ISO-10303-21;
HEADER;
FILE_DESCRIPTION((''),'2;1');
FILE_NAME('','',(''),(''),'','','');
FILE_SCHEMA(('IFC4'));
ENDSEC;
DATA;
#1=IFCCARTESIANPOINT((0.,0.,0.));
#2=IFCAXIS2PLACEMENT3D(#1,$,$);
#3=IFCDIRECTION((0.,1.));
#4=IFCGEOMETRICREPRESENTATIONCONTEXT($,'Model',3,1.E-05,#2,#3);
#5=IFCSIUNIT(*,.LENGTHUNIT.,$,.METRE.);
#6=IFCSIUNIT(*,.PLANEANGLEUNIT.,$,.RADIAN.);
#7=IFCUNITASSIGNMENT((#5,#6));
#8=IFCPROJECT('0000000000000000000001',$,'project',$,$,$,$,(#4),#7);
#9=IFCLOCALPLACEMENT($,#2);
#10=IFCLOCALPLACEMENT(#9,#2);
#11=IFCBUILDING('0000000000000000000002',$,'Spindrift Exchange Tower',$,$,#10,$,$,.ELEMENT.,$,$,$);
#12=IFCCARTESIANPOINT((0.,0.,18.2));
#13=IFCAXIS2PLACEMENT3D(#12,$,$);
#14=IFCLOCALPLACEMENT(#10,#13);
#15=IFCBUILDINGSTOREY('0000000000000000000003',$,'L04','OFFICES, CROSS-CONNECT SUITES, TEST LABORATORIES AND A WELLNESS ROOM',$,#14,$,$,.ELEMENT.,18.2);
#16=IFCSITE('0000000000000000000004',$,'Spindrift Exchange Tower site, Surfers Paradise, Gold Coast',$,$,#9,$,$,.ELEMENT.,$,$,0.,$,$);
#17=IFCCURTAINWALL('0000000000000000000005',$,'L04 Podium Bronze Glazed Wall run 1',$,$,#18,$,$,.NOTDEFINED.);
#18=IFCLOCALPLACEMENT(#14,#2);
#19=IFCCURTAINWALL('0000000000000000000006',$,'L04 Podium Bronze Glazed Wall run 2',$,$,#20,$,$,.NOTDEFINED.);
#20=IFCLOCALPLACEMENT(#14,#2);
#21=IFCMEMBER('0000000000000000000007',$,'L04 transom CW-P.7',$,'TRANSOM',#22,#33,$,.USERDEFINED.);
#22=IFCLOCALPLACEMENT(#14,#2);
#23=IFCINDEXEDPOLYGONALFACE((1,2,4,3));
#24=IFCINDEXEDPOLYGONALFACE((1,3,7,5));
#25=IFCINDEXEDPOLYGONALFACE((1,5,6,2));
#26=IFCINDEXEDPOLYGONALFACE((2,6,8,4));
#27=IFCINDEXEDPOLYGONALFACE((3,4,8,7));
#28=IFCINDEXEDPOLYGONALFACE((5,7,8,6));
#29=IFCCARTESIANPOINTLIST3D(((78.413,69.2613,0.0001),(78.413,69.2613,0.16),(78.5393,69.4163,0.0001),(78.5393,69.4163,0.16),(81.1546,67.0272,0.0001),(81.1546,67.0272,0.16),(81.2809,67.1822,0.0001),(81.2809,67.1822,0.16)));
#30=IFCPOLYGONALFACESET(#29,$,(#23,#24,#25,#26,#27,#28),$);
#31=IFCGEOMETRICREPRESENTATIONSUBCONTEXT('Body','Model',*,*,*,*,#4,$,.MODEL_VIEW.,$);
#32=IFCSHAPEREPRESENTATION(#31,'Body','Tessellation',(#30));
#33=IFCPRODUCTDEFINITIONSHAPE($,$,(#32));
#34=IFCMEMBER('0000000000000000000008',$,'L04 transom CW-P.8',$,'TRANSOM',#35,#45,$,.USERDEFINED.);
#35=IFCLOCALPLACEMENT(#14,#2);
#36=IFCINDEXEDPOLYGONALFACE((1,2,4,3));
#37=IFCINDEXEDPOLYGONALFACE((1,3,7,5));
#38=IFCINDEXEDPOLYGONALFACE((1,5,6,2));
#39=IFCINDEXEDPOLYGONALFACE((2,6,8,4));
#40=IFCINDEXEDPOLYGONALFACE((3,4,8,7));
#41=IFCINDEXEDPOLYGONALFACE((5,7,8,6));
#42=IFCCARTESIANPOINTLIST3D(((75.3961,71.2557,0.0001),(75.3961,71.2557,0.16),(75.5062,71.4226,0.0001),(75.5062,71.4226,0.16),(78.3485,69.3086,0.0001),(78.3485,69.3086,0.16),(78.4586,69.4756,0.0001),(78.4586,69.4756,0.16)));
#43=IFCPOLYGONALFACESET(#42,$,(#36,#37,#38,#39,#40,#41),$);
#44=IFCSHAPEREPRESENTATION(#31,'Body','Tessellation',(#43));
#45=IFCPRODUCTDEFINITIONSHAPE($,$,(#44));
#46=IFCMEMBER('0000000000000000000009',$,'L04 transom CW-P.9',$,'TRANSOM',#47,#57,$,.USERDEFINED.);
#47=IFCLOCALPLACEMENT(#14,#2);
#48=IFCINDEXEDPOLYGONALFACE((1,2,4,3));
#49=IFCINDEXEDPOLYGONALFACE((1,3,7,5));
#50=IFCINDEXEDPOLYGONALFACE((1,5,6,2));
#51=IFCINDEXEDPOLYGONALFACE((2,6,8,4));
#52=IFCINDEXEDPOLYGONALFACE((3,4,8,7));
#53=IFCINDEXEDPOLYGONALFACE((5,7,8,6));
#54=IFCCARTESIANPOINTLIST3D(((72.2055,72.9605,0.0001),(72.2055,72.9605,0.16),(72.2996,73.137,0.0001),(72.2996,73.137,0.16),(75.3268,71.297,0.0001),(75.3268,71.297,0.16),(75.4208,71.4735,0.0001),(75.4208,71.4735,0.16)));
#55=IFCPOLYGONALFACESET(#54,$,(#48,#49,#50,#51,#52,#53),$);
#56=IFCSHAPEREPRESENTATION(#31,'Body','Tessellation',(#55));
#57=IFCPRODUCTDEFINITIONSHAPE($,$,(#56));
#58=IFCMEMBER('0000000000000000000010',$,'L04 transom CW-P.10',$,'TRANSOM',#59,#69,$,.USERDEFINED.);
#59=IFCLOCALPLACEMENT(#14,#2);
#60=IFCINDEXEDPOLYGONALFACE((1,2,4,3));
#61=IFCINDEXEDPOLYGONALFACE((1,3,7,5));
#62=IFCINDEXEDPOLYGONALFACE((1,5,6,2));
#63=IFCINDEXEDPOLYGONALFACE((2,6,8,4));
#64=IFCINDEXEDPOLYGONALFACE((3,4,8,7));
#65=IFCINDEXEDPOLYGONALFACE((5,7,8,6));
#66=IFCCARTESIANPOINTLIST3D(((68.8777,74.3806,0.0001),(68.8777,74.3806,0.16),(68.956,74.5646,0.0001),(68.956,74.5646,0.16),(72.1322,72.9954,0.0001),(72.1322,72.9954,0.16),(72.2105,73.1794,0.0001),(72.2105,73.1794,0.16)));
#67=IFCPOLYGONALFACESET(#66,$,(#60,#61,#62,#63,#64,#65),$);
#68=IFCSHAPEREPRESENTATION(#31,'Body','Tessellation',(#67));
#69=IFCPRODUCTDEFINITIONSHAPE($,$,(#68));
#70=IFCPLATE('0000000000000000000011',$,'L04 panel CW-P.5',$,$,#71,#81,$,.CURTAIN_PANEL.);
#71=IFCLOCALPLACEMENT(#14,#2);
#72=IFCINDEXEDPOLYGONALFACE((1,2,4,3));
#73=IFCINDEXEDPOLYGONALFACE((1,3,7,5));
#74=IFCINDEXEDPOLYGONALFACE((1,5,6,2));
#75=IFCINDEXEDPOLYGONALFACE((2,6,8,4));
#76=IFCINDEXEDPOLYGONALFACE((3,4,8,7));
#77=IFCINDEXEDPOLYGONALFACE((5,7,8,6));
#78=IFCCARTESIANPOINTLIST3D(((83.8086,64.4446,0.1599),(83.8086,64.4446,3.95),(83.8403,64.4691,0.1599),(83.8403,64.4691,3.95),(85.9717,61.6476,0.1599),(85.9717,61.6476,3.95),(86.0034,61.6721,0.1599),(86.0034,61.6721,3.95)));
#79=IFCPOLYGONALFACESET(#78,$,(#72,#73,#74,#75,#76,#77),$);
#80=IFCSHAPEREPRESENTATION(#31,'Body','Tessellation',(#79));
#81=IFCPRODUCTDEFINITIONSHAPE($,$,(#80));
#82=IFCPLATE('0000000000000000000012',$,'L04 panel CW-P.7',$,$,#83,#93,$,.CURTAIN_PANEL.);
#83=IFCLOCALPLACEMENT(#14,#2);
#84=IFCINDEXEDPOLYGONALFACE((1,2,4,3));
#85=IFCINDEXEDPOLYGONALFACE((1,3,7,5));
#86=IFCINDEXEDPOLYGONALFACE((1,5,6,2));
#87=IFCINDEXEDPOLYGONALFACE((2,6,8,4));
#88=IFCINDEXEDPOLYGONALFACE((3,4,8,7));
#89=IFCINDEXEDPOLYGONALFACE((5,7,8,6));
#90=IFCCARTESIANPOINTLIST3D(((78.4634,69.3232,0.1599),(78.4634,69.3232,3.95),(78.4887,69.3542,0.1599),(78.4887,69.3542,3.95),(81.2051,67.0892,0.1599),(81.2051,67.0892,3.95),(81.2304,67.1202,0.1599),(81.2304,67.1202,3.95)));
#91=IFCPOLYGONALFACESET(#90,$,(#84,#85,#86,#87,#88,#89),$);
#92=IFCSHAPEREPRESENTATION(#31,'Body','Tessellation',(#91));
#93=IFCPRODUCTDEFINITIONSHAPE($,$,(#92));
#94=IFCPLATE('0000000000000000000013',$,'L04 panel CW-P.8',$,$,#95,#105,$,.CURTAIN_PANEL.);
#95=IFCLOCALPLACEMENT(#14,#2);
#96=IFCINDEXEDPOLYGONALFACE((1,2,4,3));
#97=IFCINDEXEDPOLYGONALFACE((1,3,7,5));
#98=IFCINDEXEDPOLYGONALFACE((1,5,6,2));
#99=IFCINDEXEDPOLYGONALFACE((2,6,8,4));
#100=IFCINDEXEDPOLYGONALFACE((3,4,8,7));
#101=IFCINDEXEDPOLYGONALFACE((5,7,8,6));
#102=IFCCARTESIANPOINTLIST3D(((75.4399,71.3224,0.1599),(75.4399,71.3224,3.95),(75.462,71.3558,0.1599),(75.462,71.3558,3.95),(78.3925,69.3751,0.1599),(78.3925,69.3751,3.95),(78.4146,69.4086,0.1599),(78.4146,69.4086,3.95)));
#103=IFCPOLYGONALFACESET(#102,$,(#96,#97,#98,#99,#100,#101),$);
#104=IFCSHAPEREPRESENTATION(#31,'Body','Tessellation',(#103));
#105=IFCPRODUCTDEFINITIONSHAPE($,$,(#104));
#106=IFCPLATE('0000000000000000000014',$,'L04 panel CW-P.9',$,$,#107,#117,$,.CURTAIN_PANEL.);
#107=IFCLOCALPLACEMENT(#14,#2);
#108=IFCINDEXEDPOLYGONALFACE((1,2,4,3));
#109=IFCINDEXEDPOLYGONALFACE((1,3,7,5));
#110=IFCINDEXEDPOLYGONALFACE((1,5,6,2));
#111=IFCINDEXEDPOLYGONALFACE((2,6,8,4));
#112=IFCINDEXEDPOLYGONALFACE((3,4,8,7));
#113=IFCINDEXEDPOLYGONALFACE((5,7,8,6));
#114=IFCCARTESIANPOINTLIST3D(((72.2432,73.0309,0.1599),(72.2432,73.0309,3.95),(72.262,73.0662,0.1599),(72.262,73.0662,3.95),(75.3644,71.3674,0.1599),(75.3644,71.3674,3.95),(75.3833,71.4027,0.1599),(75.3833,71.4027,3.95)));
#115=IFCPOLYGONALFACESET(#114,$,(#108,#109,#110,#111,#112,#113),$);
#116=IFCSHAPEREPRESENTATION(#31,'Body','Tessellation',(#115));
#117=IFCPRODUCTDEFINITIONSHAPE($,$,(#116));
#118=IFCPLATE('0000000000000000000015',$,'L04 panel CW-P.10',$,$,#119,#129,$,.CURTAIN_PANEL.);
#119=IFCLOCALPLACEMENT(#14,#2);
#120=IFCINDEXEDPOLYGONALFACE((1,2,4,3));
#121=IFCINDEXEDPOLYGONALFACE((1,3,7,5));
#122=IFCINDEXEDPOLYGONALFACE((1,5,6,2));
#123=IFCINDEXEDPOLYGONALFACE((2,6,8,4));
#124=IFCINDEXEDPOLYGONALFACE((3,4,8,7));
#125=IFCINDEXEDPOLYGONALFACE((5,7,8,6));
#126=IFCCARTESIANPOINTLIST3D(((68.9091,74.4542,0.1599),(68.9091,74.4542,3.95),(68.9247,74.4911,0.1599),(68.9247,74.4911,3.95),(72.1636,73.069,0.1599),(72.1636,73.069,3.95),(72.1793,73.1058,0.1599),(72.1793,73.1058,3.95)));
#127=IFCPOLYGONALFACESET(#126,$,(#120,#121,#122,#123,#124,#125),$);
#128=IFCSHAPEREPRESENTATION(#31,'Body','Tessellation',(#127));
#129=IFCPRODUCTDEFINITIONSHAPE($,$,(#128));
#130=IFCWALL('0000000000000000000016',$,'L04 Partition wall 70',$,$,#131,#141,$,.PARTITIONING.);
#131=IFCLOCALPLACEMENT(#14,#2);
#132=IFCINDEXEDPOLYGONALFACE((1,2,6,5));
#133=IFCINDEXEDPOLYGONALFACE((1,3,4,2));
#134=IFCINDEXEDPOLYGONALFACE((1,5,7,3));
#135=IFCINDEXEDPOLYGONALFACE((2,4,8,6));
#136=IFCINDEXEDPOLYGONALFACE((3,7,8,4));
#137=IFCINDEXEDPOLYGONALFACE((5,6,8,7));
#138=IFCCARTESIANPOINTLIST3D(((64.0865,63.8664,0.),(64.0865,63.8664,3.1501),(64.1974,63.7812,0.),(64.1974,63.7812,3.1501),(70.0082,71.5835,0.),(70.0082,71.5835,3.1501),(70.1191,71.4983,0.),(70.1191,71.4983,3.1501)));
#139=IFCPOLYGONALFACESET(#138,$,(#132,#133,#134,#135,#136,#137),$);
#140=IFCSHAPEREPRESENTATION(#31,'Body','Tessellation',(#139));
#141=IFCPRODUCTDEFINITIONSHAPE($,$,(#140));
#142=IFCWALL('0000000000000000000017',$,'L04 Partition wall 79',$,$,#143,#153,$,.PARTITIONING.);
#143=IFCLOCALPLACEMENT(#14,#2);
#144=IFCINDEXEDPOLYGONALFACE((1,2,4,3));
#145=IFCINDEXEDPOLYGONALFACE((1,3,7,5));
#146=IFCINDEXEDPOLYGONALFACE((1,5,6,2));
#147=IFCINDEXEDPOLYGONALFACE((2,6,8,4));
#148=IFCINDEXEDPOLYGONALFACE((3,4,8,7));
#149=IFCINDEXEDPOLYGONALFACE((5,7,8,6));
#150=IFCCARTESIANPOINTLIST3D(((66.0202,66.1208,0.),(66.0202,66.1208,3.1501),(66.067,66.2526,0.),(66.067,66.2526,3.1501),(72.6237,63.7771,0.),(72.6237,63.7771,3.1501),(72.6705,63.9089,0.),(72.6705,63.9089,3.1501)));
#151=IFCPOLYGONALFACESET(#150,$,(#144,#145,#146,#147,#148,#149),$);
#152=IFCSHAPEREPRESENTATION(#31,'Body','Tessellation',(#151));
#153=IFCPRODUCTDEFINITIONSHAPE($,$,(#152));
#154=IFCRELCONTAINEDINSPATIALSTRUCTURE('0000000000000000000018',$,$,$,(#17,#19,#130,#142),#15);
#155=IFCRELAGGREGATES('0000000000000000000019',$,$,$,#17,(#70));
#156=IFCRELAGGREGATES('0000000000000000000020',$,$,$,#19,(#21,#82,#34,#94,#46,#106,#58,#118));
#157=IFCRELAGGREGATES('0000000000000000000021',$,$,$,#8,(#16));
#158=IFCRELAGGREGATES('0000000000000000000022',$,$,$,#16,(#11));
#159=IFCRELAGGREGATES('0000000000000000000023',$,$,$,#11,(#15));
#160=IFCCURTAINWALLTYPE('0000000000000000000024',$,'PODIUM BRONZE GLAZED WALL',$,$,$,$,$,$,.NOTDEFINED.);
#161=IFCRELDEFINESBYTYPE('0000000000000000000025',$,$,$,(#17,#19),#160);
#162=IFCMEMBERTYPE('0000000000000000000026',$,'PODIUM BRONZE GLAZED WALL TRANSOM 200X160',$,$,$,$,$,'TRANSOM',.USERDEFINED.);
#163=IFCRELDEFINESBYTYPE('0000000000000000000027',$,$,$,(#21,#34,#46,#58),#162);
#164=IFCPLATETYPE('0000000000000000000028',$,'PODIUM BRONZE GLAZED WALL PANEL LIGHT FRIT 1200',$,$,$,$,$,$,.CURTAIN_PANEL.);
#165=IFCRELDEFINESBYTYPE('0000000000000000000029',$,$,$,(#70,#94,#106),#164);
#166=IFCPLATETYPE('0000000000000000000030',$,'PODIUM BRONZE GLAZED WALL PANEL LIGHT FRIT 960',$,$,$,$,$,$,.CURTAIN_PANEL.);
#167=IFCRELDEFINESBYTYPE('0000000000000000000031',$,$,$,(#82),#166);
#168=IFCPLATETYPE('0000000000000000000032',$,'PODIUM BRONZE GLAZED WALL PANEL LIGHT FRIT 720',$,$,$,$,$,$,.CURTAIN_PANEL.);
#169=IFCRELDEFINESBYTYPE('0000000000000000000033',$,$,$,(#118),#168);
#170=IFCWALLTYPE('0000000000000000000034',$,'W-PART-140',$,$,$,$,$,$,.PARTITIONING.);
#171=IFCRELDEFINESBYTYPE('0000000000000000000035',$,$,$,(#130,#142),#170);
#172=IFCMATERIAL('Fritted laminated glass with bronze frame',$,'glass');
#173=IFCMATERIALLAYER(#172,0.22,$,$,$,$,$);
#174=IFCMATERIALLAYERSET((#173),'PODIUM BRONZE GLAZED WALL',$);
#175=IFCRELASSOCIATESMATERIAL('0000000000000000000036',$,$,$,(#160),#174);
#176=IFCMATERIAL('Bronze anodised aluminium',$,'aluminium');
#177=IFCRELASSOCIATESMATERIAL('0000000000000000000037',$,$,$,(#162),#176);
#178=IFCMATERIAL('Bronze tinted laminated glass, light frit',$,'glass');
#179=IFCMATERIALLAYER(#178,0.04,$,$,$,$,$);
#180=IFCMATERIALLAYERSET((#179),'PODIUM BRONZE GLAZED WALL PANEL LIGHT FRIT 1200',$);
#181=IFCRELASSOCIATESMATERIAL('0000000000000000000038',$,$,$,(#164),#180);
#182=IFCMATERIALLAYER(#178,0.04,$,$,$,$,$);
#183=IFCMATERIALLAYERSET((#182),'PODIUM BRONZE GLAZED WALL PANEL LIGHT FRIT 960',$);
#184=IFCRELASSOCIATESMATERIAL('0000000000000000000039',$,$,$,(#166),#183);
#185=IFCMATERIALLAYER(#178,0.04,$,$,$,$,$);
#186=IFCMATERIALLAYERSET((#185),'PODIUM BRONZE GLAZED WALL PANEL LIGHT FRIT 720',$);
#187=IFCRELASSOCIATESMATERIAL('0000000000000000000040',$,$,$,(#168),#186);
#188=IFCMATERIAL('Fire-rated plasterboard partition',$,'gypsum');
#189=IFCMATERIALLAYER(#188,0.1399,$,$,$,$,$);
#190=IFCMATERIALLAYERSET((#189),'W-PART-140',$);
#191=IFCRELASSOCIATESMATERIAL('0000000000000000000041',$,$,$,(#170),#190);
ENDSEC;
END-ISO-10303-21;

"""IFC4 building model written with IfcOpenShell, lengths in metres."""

from ifc_helpers import new_model, si_unit, direction, frame, frame_2d, origin, origin_2d, place, context, subcontext, project, spatial, rectangle, extrude, source, transform, mapped, material, layer, layer_set, material_profile, profile_set, type_object, element, aggregate, save


model = new_model("IFC4")

# Units and contexts
model_context = context("Model", 3, precision=1e-05, world=origin(), true_north=direction((0.0, 1.0)))
body_context = subcontext(model_context, "Body", "Model", "MODEL_VIEW")
ifc_project = project(units=[si_unit("LENGTHUNIT", "METRE"), si_unit("PLANEANGLEUNIT", "RADIAN")], contexts=[model_context])

# Site, building, storey
site_placement = place(None, origin())
site = spatial("IfcSite", under=ifc_project, at=site_placement, Name="Spindrift Exchange Tower site, Surfers Paradise, Gold Coast", CompositionType="ELEMENT", RefElevation=0.0)
building_placement = place(site_placement, origin())
building = spatial("IfcBuilding", under=site, at=building_placement, Name="Spindrift Exchange Tower", CompositionType="ELEMENT")
storey_placement = place(building_placement, frame((0.0, 0.0, 18.2)))
storey = spatial("IfcBuildingStorey", under=building, at=storey_placement, Name="L04", Description="OFFICES, CROSS-CONNECT SUITES, TEST LABORATORIES AND A WELLNESS ROOM", CompositionType="ELEMENT", Elevation=18.2)

# Curtain walls
ifc_material_1 = material(Name="Fritted laminated glass with bronze frame", Category="glass")
ifc_layer_1 = layer(ifc_material_1, 0.22)
ifc_layer_set_1 = layer_set([ifc_layer_1], Name="PODIUM BRONZE GLAZED WALL")
curtain_wall_type = type_object("IfcCurtainWallType", Name="PODIUM BRONZE GLAZED WALL", PredefinedType="NOTDEFINED", material=ifc_layer_set_1)
curtain_wall_1_placement = place(storey_placement, origin())
curtain_wall_1 = element("IfcCurtainWall", 1, at=curtain_wall_1_placement, inside=storey, type_object=curtain_wall_type, Name="L04 Podium Bronze Glazed Wall run 1", PredefinedType="NOTDEFINED")
ifc_material_2 = material(Name="Bronze anodised aluminium", Category="aluminium")
curtain_wall_2_placement = place(storey_placement, origin())
curtain_wall_2 = element("IfcCurtainWall", 2, at=curtain_wall_2_placement, inside=storey, type_object=curtain_wall_type, Name="L04 Podium Bronze Glazed Wall run 2", PredefinedType="NOTDEFINED")

# Members
ifc_material_profile_1 = material_profile(ifc_material_2, rectangle(XDim=0.2, YDim=0.1599, at=origin_2d()), Name="PODIUM BRONZE GLAZED WALL TRANSOM 200X160")
ifc_profile_set_1 = profile_set([ifc_material_profile_1], Name="Bronze anodised aluminium")
member_type_1 = type_object("IfcMemberType", Name="PODIUM BRONZE GLAZED WALL TRANSOM 200X160", ElementType="TRANSOM", PredefinedType="USERDEFINED", material=ifc_profile_set_1)
shared_shape_1 = source(origin(), body_context, "Body", "SweptSolid", [
    extrude(rectangle(XDim=0.2, YDim=0.1599, at=origin_2d()), origin(), (0.0, 0.0, 1.0), 3.5366),
])
member_1_placement = place(storey_placement, frame((81.2178, 67.1047, 0.0801), z_axis=(-0.775214, 0.631699, 0.0), x_axis=(-0.631699, -0.775214, 0.0)))
member_1 = element("IfcMember", 3, at=member_1_placement, type_object=member_type_1, Name="L04 transom CW-P.7", ObjectType="TRANSOM", PredefinedType="USERDEFINED", context=body_context, shape_type="MappedRepresentation", body=[
    mapped(shared_shape_1, transform((0.0, 0.0, 0.0), scale=1.0)),
])
member_2_placement = place(storey_placement, frame((78.4036, 69.3921, 0.0801), z_axis=(-0.834812, 0.550535, 0.0), x_axis=(-0.550535, -0.834812, 0.0)))
member_2 = element("IfcMember", 4, at=member_2_placement, type_object=member_type_1, Name="L04 transom CW-P.8", ObjectType="TRANSOM", PredefinedType="USERDEFINED", context=body_context, shape_type="MappedRepresentation", body=[
    mapped(shared_shape_1, transform((0.0, 0.0, 0.0), scale=1.0)),
])
shared_shape_2 = source(origin(), body_context, "Body", "SweptSolid", [
    extrude(rectangle(XDim=0.2, YDim=0.1599, at=origin_2d()), origin(), (0.0, 0.0, 1.0), 3.5369),
])
member_3_placement = place(storey_placement, frame((75.3738, 71.3853, 0.0801), z_axis=(-0.882487, 0.470337, 0.0), x_axis=(-0.470337, -0.882487, 0.0)))
member_3 = element("IfcMember", 5, at=member_3_placement, type_object=member_type_1, Name="L04 transom CW-P.9", ObjectType="TRANSOM", PredefinedType="USERDEFINED", context=body_context, shape_type="MappedRepresentation", body=[
    mapped(shared_shape_2, transform((0.0, 0.0, 0.0), scale=1.0)),
])
shared_shape_3 = source(origin(), body_context, "Body", "SweptSolid", [
    extrude(rectangle(XDim=0.2, YDim=0.1599, at=origin_2d()), origin(), (0.0, 0.0, 1.0), 3.5371),
])
member_4_placement = place(storey_placement, frame((72.1714, 73.0874, 0.0801), z_axis=(-0.920124, 0.391627, 0.0), x_axis=(-0.391627, -0.920124, 0.0)))
member_4 = element("IfcMember", 6, at=member_4_placement, type_object=member_type_1, Name="L04 transom CW-P.10", ObjectType="TRANSOM", PredefinedType="USERDEFINED", context=body_context, shape_type="MappedRepresentation", body=[
    mapped(shared_shape_3, transform((0.0, 0.0, 0.0), scale=1.0)),
])

# Plates
ifc_material_3 = material(Name="Bronze tinted laminated glass, light frit", Category="glass")
ifc_layer_2 = layer(ifc_material_3, 0.04)
ifc_layer_set_2 = layer_set([ifc_layer_2], Name="PODIUM BRONZE GLAZED WALL PANEL LIGHT FRIT 1200")
plate_type_1 = type_object("IfcPlateType", Name="PODIUM BRONZE GLAZED WALL PANEL LIGHT FRIT 1200", PredefinedType="CURTAIN_PANEL", material=ifc_layer_set_2)
shared_shape_4 = source(origin(), body_context, "Body", "SweptSolid", [
    extrude(rectangle(XDim=3.5359, YDim=0.04, at=origin_2d()), origin(), (0.0, 0.0, 1.0), 3.79),
])
plate_1_placement = place(storey_placement, frame((84.906, 63.0583, 0.1599), z_axis=(0.0, 0.0, 1.0), x_axis=(-0.611769, 0.791037, 0.0)))
plate_1 = element("IfcPlate", 7, at=plate_1_placement, type_object=plate_type_1, Name="L04 panel CW-P.5", PredefinedType="CURTAIN_PANEL", context=body_context, shape_type="MappedRepresentation", body=[
    mapped(shared_shape_4, transform((0.0, 0.0, 0.0), scale=1.0)),
])
aggregate(curtain_wall_1, [plate_1])
ifc_layer_3 = layer(ifc_material_3, 0.04)
ifc_layer_set_3 = layer_set([ifc_layer_3], Name="PODIUM BRONZE GLAZED WALL PANEL LIGHT FRIT 960")
plate_type_2 = type_object("IfcPlateType", Name="PODIUM BRONZE GLAZED WALL PANEL LIGHT FRIT 960", PredefinedType="CURTAIN_PANEL", material=ifc_layer_set_3)
shared_shape_5 = source(origin(), body_context, "Body", "SweptSolid", [
    extrude(rectangle(XDim=3.5366, YDim=0.04, at=origin_2d()), origin(), (0.0, 0.0, 1.0), 3.79),
])
plate_2_placement = place(storey_placement, frame((79.8469, 68.2217, 0.1599), z_axis=(0.0, 0.0, 1.0), x_axis=(-0.775231, 0.631678, 0.0)))
plate_2 = element("IfcPlate", 8, at=plate_2_placement, type_object=plate_type_2, Name="L04 panel CW-P.7", PredefinedType="CURTAIN_PANEL", context=body_context, shape_type="MappedRepresentation", body=[
    mapped(shared_shape_5, transform((0.0, 0.0, 0.0), scale=1.0)),
])
shared_shape_6 = source(origin(), body_context, "Body", "SweptSolid", [
    extrude(rectangle(XDim=3.5369, YDim=0.04, at=origin_2d()), origin(), (0.0, 0.0, 1.0), 3.79),
])
plate_3_placement = place(storey_placement, frame((76.9272, 70.3655, 0.1599), z_axis=(0.0, 0.0, 1.0), x_axis=(-0.834797, 0.550558, 0.0)))
plate_3 = element("IfcPlate", 9, at=plate_3_placement, type_object=plate_type_1, Name="L04 panel CW-P.8", PredefinedType="CURTAIN_PANEL", context=body_context, shape_type="MappedRepresentation", body=[
    mapped(shared_shape_6, transform((0.0, 0.0, 0.0), scale=1.0)),
])
plate_4_placement = place(storey_placement, frame((73.8132, 72.2168, 0.1599), z_axis=(0.0, 0.0, 1.0), x_axis=(-0.882483, 0.470344, 0.0)))
plate_4 = element("IfcPlate", 10, at=plate_4_placement, type_object=plate_type_1, Name="L04 panel CW-P.9", PredefinedType="CURTAIN_PANEL", context=body_context, shape_type="MappedRepresentation", body=[
    mapped(shared_shape_6, transform((0.0, 0.0, 0.0), scale=1.0)),
])
ifc_layer_4 = layer(ifc_material_3, 0.04)
ifc_layer_set_4 = layer_set([ifc_layer_4], Name="PODIUM BRONZE GLAZED WALL PANEL LIGHT FRIT 720")
plate_type_3 = type_object("IfcPlateType", Name="PODIUM BRONZE GLAZED WALL PANEL LIGHT FRIT 720", PredefinedType="CURTAIN_PANEL", material=ifc_layer_set_4)
shared_shape_7 = source(origin(), body_context, "Body", "SweptSolid", [
    extrude(rectangle(XDim=3.5371, YDim=0.04, at=origin_2d()), origin(), (0.0, 0.0, 1.0), 3.79),
])
plate_5_placement = place(storey_placement, frame((70.5442, 73.78, 0.1599), z_axis=(0.0, 0.0, 1.0), x_axis=(-0.920122, 0.391632, 0.0)))
plate_5 = element("IfcPlate", 11, at=plate_5_placement, type_object=plate_type_3, Name="L04 panel CW-P.10", PredefinedType="CURTAIN_PANEL", context=body_context, shape_type="MappedRepresentation", body=[
    mapped(shared_shape_7, transform((0.0, 0.0, 0.0), scale=1.0)),
])
aggregate(curtain_wall_2, [member_1, plate_2, member_2, plate_3, member_3, plate_4, member_4, plate_5])

# Walls
ifc_material_4 = material(Name="Fire-rated plasterboard partition", Category="gypsum")
ifc_layer_5 = layer(ifc_material_4, 0.1399)
ifc_layer_set_5 = layer_set([ifc_layer_5], Name="W-PART-140")
wall_type_1 = type_object("IfcWallType", Name="W-PART-140", PredefinedType="PARTITIONING", material=ifc_layer_set_5)
wall_1_placement = place(storey_placement, frame((70.0637, 71.541, 0.0), z_axis=(0.0, 0.0, 1.0), x_axis=(-0.60877, -0.793347, 0.0)))
element("IfcWall", 12, at=wall_1_placement, inside=storey, type_object=wall_type_1, Name="L04 Partition wall 70", PredefinedType="PARTITIONING", context=body_context, shape_type="SweptSolid", body=[
    extrude(rectangle(XDim=9.7273, YDim=0.1399, at=frame_2d((4.8638, 0.0))), origin(), (0.0, 0.0, 1.0), 3.1501),
])
wall_2_placement = place(storey_placement, frame((72.647, 63.843, 0.0), z_axis=(0.0, 0.0, 1.0), x_axis=(-0.942402, 0.334482, 0.0)))
element("IfcWall", 13, at=wall_2_placement, inside=storey, type_object=wall_type_1, Name="L04 Partition wall 79", PredefinedType="PARTITIONING", context=body_context, shape_type="SweptSolid", body=[
    extrude(rectangle(XDim=7.0071, YDim=0.1399, at=frame_2d((3.5034, 0.0))), origin(), (0.0, 0.0, 1.0), 3.1501),
])

save(model, "model.ifc")
